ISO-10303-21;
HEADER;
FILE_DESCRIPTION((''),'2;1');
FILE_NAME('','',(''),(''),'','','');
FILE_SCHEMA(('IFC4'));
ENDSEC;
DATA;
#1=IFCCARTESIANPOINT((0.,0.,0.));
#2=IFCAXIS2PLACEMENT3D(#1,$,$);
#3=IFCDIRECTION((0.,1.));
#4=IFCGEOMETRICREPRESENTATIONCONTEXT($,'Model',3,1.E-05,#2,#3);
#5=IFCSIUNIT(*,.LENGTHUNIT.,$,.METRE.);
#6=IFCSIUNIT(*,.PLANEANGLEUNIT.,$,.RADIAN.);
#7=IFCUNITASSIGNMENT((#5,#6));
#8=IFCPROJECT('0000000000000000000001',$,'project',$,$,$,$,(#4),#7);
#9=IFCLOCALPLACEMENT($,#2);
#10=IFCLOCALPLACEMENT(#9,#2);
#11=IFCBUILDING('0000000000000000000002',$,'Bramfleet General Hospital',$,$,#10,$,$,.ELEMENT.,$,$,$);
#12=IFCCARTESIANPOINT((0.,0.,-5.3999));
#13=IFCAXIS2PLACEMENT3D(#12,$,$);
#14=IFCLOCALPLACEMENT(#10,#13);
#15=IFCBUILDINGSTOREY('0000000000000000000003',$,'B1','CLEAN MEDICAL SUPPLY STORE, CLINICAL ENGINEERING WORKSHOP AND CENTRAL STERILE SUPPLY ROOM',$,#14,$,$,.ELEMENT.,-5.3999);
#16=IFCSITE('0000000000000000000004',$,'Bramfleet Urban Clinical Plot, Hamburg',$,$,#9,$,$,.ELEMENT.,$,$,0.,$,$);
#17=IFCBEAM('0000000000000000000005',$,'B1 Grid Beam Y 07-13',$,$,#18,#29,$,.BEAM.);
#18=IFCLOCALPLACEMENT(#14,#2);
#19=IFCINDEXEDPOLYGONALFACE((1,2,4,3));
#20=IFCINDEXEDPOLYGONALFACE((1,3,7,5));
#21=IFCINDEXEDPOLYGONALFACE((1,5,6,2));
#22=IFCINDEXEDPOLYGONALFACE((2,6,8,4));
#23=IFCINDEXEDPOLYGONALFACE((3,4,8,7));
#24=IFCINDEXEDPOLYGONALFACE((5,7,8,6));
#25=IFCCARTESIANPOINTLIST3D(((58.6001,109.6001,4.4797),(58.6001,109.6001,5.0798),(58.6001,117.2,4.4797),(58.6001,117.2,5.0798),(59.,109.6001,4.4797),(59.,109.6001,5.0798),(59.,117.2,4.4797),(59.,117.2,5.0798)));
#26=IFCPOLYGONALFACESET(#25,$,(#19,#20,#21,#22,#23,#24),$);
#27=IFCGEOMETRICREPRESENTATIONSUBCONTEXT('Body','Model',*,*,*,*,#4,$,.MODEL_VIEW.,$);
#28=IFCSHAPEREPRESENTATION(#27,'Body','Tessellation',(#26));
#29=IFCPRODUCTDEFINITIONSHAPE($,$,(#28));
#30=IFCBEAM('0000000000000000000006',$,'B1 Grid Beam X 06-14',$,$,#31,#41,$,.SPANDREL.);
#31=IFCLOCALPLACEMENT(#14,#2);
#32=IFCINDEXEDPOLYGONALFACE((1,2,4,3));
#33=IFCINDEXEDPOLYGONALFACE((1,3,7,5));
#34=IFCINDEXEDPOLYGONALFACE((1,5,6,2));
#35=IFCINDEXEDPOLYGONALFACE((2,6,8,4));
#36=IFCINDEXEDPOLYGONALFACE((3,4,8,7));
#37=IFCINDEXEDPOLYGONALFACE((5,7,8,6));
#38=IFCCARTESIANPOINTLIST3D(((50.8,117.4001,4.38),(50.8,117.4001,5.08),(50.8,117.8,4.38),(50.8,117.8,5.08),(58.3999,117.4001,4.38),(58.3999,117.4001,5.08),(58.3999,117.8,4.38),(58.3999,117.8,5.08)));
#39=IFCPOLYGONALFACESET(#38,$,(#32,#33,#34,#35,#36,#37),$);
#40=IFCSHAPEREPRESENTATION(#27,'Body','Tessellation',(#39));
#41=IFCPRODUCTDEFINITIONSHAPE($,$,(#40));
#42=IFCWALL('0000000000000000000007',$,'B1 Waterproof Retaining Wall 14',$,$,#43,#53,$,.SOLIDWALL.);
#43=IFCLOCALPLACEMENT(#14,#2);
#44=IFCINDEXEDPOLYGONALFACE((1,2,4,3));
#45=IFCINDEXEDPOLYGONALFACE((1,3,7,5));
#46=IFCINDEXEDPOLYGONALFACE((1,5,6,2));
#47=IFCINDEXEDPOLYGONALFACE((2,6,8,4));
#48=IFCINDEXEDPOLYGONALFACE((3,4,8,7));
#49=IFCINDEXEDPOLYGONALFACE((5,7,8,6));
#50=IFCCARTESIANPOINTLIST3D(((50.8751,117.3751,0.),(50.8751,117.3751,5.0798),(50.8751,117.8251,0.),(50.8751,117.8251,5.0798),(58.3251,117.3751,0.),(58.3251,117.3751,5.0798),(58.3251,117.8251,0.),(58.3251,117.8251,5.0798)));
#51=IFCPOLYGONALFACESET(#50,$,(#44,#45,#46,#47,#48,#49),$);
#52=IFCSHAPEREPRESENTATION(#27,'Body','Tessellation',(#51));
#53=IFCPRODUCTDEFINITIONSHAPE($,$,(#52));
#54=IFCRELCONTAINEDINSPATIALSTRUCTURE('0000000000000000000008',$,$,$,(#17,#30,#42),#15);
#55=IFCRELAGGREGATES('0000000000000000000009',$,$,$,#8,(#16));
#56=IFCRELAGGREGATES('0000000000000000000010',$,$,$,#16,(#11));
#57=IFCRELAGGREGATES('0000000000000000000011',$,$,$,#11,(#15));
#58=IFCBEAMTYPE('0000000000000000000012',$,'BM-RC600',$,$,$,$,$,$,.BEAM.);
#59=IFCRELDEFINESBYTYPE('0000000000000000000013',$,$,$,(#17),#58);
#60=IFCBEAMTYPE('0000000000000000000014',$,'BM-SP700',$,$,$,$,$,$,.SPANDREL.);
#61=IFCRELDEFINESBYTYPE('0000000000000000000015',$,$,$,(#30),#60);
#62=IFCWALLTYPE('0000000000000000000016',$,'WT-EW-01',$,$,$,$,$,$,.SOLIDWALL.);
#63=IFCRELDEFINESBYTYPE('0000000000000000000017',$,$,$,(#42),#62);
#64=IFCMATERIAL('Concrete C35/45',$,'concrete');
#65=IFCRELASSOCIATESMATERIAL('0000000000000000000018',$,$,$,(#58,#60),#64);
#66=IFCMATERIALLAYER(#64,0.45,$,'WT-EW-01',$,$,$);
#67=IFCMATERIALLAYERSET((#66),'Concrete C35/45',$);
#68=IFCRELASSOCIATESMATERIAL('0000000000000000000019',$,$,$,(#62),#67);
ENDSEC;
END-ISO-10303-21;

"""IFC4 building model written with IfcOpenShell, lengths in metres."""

from ifc_helpers import new_model, si_unit, direction, frame, frame_2d, origin, origin_2d, place, context, subcontext, project, spatial, rectangle, extrude, material, layer, layer_set, material_profile, profile_set, type_object, element, save


model = new_model("IFC4")

# Units and contexts
model_context = context("Model", 3, precision=1e-05, world=origin(), true_north=direction((0.0, 1.0)))
body_context = subcontext(model_context, "Body", "Model", "MODEL_VIEW")
ifc_project = project(units=[si_unit("LENGTHUNIT", "METRE"), si_unit("PLANEANGLEUNIT", "RADIAN")], contexts=[model_context])

# Site, building, storey
site_placement = place(None, origin())
site = spatial("IfcSite", under=ifc_project, at=site_placement, Name="Bramfleet Urban Clinical Plot, Hamburg", CompositionType="ELEMENT", RefElevation=0.0)
building_placement = place(site_placement, origin())
building = spatial("IfcBuilding", under=site, at=building_placement, Name="Bramfleet General Hospital", CompositionType="ELEMENT")
storey_placement = place(building_placement, frame((0.0, 0.0, -5.3999)))
storey = spatial("IfcBuildingStorey", under=building, at=storey_placement, Name="B1", Description="CLEAN MEDICAL SUPPLY STORE, CLINICAL ENGINEERING WORKSHOP AND CENTRAL STERILE SUPPLY ROOM", CompositionType="ELEMENT", Elevation=-5.3999)

# Shared definitions
ifc_material_1 = material(Name="Concrete C35/45", Category="concrete")

# Beams
ifc_material_profile_1 = material_profile(ifc_material_1, rectangle(XDim=0.3999, YDim=0.6001, at=origin_2d()), Name="RC BM 600x400")
ifc_profile_set_1 = profile_set([ifc_material_profile_1], Name="Concrete C35/45")
beam_type_1 = type_object("IfcBeamType", Name="BM-RC600", PredefinedType="BEAM", material=ifc_profile_set_1)
beam_1_placement = place(storey_placement, frame((58.8, 109.6001, 4.7798), z_axis=(0.0, 1.0, 0.0), x_axis=(-1.0, 0.0, 0.0)))
element("IfcBeam", 1, at=beam_1_placement, inside=storey, type_object=beam_type_1, Name="B1 Grid Beam Y 07-13", PredefinedType="BEAM", context=body_context, shape_type="SweptSolid", body=[
    extrude(rectangle(XDim=0.3999, YDim=0.6001, at=origin_2d()), origin(), (0.0, 0.0, 1.0), 7.5999),
])
ifc_material_profile_2 = material_profile(ifc_material_1, rectangle(XDim=0.3999, YDim=0.7, at=origin_2d()), Name="RC SP 700x400")
ifc_profile_set_2 = profile_set([ifc_material_profile_2], Name="Concrete C35/45")
beam_type_2 = type_object("IfcBeamType", Name="BM-SP700", PredefinedType="SPANDREL", material=ifc_profile_set_2)
beam_2_placement = place(storey_placement, frame((50.8, 117.6001, 4.73), z_axis=(1.0, 0.0, 0.0), x_axis=(0.0, 1.0, 0.0)))
element("IfcBeam", 2, at=beam_2_placement, inside=storey, type_object=beam_type_2, Name="B1 Grid Beam X 06-14", PredefinedType="SPANDREL", context=body_context, shape_type="SweptSolid", body=[
    extrude(rectangle(XDim=0.3999, YDim=0.7, at=origin_2d()), origin(), (0.0, 0.0, 1.0), 7.5999),
])

# Wall
ifc_layer = layer(ifc_material_1, 0.45, Name="WT-EW-01")
ifc_layer_set = layer_set([ifc_layer], Name="Concrete C35/45")
wall_type = type_object("IfcWallType", Name="WT-EW-01", PredefinedType="SOLIDWALL", material=ifc_layer_set)
wall_placement = place(storey_placement, frame((50.875, 117.6001, 0.0), z_axis=(0.0, 0.0, 1.0), x_axis=(1.0, 0.0, 0.0)))
element("IfcWall", 3, at=wall_placement, inside=storey, type_object=wall_type, Name="B1 Waterproof Retaining Wall 14", PredefinedType="SOLIDWALL", context=body_context, shape_type="SweptSolid", body=[
    extrude(rectangle(XDim=7.45, YDim=0.45, at=frame_2d((3.7251, 0.0))), origin(), (0.0, 0.0, 1.0), 5.0798),
])

save(model, "model.ifc")
